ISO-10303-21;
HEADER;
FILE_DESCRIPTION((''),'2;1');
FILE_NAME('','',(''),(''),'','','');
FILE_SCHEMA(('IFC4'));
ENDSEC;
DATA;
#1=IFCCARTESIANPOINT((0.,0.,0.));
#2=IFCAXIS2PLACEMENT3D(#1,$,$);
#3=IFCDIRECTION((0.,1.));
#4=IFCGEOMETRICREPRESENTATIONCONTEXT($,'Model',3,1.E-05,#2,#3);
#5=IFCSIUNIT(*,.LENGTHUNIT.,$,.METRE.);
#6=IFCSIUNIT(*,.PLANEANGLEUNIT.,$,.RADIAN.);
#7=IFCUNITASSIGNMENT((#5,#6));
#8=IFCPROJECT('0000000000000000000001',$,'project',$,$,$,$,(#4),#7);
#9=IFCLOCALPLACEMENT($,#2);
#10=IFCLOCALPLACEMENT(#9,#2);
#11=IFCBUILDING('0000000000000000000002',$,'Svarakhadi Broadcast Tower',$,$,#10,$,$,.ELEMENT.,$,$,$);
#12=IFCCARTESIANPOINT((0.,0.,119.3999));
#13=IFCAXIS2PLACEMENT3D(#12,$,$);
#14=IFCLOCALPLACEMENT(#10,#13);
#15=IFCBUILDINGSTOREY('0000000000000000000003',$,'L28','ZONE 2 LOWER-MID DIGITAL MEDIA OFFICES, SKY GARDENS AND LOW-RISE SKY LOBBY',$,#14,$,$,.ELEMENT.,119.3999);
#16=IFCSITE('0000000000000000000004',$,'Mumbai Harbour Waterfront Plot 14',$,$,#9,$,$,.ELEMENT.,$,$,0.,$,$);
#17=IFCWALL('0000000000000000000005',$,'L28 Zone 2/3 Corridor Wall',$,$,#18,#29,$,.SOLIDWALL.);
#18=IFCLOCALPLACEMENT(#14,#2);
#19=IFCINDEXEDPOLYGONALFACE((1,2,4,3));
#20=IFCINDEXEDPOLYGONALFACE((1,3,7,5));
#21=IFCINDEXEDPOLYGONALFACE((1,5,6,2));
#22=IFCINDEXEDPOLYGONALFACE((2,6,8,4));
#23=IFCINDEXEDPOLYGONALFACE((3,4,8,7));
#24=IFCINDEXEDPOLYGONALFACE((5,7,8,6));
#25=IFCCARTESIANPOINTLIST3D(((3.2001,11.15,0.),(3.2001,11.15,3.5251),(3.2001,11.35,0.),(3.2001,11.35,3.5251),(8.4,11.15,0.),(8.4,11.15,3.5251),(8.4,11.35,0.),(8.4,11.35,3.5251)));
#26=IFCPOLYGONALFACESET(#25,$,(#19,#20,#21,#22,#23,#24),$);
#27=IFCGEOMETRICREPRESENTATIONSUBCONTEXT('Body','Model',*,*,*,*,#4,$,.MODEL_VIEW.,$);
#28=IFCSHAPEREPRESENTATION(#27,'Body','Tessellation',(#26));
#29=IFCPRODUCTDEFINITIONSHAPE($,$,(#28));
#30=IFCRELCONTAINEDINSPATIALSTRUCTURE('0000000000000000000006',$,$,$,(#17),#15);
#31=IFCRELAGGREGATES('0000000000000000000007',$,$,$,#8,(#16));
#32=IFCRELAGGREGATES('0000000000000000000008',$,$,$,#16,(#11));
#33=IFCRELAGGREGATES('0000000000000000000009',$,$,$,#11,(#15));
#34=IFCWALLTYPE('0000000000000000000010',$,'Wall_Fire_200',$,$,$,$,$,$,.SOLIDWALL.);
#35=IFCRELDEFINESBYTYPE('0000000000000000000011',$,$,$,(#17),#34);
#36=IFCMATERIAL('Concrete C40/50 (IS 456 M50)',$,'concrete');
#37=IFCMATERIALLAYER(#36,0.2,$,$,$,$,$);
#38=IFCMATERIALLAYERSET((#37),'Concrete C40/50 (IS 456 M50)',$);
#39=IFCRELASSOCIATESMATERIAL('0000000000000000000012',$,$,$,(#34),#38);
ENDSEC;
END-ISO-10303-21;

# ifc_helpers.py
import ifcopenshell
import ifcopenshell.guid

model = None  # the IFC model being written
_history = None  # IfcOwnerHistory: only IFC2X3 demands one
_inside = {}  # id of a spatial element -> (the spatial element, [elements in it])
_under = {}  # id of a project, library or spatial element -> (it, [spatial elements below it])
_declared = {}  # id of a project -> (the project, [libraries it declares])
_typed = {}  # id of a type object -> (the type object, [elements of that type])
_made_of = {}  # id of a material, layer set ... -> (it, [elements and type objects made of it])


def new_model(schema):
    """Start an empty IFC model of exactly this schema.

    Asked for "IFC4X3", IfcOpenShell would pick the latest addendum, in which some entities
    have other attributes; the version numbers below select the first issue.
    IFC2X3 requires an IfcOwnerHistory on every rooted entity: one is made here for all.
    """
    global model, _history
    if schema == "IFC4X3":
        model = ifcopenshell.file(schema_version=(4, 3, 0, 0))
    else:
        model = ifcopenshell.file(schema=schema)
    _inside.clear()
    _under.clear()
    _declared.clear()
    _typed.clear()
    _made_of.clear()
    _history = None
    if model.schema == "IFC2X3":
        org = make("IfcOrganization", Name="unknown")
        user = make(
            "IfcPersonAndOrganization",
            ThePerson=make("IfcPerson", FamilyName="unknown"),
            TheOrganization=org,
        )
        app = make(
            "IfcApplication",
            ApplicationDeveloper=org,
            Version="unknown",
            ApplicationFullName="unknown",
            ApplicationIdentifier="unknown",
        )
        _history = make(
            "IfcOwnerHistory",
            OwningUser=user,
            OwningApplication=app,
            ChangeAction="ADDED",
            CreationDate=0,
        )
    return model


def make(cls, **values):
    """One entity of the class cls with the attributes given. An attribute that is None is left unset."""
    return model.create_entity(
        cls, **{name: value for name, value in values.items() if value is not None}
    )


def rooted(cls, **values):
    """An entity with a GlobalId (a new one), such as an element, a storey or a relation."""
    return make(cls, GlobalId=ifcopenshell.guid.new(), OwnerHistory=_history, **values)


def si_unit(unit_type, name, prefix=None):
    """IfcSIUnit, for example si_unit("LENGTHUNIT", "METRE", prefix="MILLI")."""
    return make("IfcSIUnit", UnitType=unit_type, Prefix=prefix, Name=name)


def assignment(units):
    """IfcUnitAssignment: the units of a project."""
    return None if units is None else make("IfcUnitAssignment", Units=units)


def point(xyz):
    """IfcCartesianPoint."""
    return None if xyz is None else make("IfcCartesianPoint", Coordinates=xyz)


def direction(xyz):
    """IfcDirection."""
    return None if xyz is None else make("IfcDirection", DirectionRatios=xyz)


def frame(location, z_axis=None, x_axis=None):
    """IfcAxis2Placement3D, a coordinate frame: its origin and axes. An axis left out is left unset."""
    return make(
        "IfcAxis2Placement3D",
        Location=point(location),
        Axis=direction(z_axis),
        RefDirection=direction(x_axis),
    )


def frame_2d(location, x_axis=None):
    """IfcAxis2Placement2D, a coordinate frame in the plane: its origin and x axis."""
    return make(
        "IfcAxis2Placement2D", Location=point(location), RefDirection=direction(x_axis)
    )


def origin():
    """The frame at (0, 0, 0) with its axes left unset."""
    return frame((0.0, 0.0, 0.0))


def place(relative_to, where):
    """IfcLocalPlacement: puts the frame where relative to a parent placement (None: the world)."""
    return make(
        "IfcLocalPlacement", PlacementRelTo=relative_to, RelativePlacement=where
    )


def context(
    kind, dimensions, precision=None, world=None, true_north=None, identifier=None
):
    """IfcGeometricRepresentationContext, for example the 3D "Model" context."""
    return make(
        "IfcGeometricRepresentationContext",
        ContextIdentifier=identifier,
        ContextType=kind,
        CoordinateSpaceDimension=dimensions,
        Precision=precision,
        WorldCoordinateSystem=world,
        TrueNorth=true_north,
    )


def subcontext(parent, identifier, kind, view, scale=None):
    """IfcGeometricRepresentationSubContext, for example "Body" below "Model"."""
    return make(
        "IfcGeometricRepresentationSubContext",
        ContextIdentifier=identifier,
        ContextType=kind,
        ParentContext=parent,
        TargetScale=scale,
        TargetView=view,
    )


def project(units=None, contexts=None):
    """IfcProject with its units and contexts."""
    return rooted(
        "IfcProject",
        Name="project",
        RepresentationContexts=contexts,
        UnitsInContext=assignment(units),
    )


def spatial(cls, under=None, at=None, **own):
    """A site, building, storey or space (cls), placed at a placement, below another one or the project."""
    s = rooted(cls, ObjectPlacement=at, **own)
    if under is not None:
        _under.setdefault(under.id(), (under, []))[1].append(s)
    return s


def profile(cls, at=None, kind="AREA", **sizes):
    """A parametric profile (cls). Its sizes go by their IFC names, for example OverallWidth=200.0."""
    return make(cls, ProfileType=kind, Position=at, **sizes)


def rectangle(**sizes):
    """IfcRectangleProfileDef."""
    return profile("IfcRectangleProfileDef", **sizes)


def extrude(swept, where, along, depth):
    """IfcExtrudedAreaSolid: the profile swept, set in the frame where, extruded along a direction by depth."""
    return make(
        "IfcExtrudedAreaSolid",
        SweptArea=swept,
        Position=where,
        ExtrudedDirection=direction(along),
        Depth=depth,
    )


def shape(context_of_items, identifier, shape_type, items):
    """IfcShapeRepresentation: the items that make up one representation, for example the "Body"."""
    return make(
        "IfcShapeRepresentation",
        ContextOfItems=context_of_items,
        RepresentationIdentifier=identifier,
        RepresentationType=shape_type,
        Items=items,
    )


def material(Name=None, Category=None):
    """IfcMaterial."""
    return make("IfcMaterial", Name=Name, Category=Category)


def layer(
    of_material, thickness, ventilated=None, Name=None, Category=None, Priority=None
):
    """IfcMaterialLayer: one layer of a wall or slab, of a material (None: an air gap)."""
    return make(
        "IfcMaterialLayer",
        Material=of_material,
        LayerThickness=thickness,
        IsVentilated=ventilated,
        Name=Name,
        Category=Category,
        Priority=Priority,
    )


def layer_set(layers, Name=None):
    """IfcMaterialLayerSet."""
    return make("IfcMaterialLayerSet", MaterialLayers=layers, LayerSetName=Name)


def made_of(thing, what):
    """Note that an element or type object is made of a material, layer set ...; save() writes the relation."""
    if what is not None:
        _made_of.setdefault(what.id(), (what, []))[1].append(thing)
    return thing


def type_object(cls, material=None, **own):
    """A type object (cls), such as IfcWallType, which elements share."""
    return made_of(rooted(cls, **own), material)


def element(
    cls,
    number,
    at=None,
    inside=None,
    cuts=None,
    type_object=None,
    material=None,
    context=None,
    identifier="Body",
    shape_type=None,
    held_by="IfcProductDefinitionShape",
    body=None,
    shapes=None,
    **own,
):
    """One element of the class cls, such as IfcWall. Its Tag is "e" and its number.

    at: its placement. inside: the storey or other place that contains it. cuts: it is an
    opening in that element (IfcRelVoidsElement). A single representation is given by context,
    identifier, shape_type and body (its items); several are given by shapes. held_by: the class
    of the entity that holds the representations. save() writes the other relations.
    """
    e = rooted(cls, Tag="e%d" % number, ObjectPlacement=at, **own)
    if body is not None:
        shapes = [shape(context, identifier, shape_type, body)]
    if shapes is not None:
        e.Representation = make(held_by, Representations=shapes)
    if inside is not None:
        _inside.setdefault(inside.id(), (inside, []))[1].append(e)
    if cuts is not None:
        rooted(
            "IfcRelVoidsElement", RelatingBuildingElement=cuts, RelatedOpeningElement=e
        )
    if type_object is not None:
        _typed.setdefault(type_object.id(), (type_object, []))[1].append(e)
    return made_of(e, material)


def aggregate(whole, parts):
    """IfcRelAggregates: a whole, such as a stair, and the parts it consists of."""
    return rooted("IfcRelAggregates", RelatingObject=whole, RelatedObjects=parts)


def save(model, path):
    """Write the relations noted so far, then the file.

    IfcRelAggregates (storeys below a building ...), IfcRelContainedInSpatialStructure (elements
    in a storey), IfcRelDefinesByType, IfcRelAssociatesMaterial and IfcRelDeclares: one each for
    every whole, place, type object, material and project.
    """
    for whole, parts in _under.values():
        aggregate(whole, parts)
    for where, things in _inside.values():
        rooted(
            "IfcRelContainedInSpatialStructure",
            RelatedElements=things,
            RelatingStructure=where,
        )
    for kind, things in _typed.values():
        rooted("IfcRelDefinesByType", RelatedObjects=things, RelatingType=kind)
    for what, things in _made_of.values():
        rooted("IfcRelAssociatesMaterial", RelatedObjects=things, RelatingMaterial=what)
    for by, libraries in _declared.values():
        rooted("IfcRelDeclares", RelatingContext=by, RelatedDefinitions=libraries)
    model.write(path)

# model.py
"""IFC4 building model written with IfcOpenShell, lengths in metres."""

from ifc_helpers import new_model, si_unit, direction, frame, frame_2d, origin, place, context, subcontext, project, spatial, rectangle, extrude, material, layer, layer_set, type_object, element, save


model = new_model("IFC4")

# Units and contexts
model_context = context("Model", 3, precision=1e-05, world=origin(), true_north=direction((0.0, 1.0)))
body_context = subcontext(model_context, "Body", "Model", "MODEL_VIEW")
ifc_project = project(units=[si_unit("LENGTHUNIT", "METRE"), si_unit("PLANEANGLEUNIT", "RADIAN")], contexts=[model_context])

# Site, building, storey
site_placement = place(None, origin())
site = spatial("IfcSite", under=ifc_project, at=site_placement, Name="Mumbai Harbour Waterfront Plot 14", CompositionType="ELEMENT", RefElevation=0.0)
building_placement = place(site_placement, origin())
building = spatial("IfcBuilding", under=site, at=building_placement, Name="Svarakhadi Broadcast Tower", CompositionType="ELEMENT")
storey_placement = place(building_placement, frame((0.0, 0.0, 119.3999)))
storey = spatial("IfcBuildingStorey", under=building, at=storey_placement, Name="L28", Description="ZONE 2 LOWER-MID DIGITAL MEDIA OFFICES, SKY GARDENS AND LOW-RISE SKY LOBBY", CompositionType="ELEMENT", Elevation=119.3999)

# Wall
ifc_material_1 = material(Name="Concrete C40/50 (IS 456 M50)", Category="concrete")
ifc_layer_1 = layer(ifc_material_1, 0.2)
ifc_layer_set_1 = layer_set([ifc_layer_1], Name="Concrete C40/50 (IS 456 M50)")
wall_type_1 = type_object("IfcWallType", Name="Wall_Fire_200", PredefinedType="SOLIDWALL", material=ifc_layer_set_1)
wall_1_placement = place(storey_placement, frame((3.2, 11.25, 0.0), z_axis=(0.0, 0.0, 1.0), x_axis=(1.0, 0.0, 0.0)))
element("IfcWall", 1, at=wall_1_placement, inside=storey, type_object=wall_type_1, Name="L28 Zone 2/3 Corridor Wall", PredefinedType="SOLIDWALL", context=body_context, shape_type="SweptSolid", body=[
    extrude(rectangle(XDim=5.2, YDim=0.2, at=frame_2d((2.6001, 0.0))), origin(), (0.0, 0.0, 1.0), 3.5251),
])

save(model, "model.ifc")
